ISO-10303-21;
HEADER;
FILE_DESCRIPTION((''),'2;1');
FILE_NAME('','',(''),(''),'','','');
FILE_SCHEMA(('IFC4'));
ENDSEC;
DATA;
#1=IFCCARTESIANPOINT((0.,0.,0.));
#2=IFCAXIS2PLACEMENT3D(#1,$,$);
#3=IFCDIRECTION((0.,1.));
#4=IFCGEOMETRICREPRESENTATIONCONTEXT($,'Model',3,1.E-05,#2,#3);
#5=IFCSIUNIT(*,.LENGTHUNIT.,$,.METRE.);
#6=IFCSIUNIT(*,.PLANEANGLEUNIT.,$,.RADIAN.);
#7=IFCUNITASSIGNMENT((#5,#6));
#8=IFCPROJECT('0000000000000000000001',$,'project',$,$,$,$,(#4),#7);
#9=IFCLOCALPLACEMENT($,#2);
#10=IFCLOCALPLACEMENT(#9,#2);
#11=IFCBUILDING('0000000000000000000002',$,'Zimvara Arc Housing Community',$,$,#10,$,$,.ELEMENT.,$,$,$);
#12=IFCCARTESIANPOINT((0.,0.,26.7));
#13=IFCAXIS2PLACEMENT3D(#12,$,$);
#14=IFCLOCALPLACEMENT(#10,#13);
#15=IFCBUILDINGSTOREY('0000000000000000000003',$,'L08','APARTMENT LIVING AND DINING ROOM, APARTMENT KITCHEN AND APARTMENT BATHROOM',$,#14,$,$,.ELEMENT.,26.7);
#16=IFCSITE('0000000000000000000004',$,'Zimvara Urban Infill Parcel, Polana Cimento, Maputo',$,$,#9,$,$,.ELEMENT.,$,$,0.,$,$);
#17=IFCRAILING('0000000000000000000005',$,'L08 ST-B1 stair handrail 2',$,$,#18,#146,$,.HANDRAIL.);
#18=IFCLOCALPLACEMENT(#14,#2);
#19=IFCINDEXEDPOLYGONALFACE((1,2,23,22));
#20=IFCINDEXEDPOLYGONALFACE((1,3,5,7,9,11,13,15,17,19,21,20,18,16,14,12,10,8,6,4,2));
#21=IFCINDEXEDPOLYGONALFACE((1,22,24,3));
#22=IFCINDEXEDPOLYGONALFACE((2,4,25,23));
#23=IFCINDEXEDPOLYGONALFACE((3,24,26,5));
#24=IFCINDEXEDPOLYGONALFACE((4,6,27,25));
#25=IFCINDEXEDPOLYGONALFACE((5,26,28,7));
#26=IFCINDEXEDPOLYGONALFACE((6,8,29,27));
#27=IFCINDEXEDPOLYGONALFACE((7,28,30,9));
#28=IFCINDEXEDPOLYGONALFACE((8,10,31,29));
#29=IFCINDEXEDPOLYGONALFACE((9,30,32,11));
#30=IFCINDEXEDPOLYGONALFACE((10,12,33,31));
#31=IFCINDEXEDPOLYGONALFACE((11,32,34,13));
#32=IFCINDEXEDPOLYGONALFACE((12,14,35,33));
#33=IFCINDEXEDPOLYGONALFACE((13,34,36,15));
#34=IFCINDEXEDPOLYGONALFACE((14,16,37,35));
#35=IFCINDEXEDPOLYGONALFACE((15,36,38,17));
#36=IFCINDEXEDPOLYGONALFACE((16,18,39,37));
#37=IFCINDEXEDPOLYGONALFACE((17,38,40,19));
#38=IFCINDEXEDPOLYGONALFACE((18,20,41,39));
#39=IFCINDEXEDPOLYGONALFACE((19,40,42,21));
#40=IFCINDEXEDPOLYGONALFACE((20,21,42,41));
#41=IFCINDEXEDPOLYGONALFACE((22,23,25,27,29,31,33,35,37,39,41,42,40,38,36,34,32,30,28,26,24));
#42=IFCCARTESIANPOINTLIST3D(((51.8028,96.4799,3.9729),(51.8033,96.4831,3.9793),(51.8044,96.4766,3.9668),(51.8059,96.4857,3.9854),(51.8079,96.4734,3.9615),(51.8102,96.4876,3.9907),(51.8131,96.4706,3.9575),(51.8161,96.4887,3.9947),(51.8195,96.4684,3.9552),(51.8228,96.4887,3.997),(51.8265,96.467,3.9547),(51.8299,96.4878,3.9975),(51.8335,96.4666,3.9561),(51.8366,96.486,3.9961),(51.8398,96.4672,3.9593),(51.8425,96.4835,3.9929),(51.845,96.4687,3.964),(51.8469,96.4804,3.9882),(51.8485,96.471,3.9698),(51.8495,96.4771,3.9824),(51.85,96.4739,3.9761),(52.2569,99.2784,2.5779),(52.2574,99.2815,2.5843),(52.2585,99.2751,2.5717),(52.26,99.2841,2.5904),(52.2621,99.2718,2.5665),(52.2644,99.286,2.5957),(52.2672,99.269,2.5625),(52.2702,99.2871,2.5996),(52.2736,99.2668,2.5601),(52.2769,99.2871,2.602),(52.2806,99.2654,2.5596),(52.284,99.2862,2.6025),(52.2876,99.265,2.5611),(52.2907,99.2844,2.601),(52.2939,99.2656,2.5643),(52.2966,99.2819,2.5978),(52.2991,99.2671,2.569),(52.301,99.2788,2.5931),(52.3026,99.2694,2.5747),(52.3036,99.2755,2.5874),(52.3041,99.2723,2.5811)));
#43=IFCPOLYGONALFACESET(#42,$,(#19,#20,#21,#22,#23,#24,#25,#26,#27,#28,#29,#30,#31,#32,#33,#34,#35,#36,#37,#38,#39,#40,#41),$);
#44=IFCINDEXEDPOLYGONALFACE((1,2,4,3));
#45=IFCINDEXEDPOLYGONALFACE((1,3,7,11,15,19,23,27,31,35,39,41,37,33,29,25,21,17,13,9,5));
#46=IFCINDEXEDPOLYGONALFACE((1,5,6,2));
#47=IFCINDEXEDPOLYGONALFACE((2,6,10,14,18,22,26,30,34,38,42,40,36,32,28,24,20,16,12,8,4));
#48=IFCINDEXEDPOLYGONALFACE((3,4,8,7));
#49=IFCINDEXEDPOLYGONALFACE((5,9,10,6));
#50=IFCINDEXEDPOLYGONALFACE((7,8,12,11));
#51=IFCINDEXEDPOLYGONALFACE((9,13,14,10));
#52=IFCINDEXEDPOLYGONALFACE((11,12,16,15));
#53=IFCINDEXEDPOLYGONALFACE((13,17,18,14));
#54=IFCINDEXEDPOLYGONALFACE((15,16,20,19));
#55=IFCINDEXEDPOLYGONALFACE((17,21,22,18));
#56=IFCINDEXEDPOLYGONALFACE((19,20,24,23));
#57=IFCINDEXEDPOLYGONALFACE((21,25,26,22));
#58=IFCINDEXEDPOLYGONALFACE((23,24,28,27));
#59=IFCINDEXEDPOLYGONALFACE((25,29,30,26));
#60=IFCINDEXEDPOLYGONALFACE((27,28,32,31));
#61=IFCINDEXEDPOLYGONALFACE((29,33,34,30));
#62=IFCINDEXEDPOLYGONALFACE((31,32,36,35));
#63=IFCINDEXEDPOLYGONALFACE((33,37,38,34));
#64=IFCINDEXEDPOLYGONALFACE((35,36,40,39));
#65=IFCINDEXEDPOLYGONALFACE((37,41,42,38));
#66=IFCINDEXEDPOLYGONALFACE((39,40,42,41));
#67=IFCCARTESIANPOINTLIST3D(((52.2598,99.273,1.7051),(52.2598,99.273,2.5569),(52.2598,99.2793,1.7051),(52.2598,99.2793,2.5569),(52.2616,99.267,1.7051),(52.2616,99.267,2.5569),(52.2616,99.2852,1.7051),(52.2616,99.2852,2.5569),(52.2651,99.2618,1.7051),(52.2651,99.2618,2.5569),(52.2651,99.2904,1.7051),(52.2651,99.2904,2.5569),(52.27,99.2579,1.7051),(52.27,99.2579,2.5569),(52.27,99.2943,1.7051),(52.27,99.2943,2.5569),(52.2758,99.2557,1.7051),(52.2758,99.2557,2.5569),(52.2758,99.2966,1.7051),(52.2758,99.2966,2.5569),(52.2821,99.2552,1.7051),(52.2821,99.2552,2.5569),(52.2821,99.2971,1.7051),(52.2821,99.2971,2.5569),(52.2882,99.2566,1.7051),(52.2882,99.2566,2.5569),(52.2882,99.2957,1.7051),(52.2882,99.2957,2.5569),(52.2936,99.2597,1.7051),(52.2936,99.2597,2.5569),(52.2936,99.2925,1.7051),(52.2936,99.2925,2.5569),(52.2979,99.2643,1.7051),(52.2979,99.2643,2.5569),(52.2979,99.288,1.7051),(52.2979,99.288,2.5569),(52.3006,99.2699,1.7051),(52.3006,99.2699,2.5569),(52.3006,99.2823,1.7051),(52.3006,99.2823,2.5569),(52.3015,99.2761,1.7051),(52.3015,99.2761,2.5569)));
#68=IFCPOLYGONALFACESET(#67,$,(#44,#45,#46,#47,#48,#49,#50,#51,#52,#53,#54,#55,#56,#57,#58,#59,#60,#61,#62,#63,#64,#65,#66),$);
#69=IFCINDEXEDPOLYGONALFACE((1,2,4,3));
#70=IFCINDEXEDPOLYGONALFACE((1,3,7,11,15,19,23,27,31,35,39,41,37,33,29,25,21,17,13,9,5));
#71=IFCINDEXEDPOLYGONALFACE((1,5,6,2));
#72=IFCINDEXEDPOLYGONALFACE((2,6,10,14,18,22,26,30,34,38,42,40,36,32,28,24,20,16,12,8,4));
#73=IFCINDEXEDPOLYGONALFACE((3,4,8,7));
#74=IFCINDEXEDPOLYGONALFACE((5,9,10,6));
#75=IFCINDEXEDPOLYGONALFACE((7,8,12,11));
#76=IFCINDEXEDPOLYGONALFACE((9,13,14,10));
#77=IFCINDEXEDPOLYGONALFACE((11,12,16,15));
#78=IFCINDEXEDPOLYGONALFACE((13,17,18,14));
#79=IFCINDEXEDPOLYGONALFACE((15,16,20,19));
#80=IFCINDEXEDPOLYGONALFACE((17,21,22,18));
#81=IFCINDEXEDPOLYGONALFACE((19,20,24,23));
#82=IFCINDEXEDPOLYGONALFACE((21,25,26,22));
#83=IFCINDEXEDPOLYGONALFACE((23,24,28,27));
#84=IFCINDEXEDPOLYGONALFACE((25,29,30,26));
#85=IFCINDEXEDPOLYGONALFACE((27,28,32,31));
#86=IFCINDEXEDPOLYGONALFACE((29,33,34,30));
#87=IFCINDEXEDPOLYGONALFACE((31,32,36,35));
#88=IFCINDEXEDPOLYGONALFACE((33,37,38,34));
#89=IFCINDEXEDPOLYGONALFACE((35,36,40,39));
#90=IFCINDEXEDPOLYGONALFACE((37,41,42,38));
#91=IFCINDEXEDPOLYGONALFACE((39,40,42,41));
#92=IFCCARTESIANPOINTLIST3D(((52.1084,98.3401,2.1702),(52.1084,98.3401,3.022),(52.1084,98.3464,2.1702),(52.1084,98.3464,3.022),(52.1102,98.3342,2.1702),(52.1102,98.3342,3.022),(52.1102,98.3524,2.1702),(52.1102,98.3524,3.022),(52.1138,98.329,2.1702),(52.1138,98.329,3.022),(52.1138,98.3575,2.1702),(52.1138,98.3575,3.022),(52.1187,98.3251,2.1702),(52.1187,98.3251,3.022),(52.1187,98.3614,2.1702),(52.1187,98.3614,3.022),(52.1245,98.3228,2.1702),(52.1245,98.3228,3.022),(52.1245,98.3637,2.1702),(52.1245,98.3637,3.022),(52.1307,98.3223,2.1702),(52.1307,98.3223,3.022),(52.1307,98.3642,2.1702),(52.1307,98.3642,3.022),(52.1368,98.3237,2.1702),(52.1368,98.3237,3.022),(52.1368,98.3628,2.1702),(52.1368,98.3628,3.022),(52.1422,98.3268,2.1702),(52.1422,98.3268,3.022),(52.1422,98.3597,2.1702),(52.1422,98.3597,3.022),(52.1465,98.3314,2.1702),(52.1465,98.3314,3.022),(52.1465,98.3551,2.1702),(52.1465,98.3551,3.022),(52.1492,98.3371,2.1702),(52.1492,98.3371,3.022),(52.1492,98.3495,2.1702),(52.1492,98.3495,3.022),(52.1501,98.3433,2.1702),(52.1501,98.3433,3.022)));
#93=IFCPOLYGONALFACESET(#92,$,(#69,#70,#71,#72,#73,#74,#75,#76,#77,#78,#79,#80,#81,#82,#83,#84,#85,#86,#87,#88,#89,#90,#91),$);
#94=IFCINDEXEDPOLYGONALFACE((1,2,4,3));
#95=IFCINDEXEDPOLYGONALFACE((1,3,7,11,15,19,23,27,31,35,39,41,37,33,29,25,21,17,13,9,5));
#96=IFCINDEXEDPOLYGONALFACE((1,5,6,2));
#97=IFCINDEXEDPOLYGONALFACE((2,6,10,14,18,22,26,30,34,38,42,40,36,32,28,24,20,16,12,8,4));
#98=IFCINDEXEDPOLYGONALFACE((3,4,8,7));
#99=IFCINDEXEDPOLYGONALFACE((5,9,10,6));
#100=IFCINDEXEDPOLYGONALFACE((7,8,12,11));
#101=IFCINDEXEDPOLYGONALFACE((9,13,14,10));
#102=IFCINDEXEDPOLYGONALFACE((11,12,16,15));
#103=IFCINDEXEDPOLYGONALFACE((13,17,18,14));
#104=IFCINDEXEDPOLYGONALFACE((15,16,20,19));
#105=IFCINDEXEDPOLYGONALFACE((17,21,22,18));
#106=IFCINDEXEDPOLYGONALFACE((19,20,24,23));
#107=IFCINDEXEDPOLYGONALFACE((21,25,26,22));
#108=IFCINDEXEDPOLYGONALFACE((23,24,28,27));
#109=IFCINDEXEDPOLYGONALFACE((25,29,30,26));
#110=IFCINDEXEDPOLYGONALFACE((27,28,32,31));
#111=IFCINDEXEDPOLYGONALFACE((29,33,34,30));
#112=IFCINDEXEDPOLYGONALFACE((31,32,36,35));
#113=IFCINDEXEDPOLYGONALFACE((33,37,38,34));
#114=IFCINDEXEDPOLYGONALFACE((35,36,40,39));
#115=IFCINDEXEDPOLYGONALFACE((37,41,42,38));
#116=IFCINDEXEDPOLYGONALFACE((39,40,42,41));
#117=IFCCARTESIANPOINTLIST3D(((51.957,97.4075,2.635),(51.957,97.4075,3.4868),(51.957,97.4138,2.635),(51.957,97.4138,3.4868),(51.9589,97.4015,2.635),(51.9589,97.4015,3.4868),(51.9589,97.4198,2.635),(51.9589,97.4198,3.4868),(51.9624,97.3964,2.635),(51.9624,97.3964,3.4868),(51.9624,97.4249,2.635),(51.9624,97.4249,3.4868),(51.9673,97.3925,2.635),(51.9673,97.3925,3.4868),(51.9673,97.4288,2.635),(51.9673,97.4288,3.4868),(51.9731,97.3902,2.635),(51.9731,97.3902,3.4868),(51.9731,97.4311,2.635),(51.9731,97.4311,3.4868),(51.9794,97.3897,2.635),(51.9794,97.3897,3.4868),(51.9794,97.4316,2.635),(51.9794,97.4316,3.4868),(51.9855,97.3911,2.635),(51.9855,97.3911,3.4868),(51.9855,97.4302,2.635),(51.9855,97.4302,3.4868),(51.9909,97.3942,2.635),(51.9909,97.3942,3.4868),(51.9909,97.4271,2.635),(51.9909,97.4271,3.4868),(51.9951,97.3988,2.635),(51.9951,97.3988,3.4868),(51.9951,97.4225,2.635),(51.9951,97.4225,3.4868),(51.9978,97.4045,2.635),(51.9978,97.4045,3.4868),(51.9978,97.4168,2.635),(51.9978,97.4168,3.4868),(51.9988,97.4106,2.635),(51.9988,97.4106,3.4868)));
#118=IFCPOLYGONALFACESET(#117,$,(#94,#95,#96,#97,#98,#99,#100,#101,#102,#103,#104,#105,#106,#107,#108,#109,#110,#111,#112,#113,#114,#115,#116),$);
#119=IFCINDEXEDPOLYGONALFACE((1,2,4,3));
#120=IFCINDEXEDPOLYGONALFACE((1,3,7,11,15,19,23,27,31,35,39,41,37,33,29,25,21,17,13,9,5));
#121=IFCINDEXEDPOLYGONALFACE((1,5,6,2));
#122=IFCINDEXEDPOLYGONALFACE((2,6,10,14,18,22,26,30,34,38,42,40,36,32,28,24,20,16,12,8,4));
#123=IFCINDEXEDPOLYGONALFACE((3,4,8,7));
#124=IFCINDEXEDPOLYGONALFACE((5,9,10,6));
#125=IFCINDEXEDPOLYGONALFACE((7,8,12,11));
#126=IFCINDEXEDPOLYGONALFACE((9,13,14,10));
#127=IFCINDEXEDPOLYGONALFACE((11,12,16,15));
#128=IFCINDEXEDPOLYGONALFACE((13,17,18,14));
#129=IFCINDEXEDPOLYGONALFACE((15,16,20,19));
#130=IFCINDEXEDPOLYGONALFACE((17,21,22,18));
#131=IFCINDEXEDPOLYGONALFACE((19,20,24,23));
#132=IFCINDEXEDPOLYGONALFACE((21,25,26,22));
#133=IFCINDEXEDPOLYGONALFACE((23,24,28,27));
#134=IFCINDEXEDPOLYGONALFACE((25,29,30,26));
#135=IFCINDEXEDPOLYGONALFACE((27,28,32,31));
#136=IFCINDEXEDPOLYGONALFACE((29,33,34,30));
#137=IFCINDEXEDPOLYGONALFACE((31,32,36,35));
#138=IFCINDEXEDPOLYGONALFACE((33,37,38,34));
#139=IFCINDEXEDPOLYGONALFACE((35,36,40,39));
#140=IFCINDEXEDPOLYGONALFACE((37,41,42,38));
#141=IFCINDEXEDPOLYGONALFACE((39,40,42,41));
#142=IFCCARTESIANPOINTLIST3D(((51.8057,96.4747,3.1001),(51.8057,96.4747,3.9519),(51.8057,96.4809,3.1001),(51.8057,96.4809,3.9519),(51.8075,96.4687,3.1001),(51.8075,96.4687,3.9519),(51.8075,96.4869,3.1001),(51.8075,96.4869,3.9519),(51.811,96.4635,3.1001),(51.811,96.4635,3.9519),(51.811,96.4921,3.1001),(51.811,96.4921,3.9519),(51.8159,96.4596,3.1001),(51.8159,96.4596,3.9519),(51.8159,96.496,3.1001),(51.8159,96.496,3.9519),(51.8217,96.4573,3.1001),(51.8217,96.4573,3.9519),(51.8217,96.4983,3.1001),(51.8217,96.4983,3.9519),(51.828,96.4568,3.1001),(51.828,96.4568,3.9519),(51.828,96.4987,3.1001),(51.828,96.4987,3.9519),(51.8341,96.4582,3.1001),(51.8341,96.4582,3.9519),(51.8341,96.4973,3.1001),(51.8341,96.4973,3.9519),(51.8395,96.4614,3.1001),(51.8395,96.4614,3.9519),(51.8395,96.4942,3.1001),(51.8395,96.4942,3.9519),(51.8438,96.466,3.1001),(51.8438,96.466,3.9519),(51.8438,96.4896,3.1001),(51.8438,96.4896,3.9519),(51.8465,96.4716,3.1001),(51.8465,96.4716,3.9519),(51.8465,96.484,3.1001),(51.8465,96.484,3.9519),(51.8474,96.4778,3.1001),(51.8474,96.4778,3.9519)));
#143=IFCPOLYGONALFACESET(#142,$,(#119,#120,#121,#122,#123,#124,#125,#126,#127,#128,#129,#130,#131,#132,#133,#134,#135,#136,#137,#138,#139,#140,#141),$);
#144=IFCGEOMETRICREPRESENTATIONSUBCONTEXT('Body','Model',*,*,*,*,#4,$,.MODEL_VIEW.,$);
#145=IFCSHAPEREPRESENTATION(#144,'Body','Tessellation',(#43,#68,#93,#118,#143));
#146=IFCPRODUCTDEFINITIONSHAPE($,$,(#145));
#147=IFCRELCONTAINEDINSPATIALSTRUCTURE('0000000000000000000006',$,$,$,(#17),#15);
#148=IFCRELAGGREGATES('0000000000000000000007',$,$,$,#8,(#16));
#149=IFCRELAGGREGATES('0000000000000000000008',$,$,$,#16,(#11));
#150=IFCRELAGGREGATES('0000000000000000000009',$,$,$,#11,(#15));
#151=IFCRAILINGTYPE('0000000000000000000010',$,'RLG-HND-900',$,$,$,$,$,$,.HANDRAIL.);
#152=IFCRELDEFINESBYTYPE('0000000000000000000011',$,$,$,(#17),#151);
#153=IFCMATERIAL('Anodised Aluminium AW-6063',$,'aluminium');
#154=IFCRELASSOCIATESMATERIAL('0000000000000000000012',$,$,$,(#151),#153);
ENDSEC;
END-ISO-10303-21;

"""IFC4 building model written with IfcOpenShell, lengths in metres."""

from ifc_helpers import new_model, si_unit, direction, frame, origin, origin_2d, place, context, subcontext, project, spatial, circle, extrude, material, type_object, element, save


model = new_model("IFC4")

# Units and contexts
model_context = context("Model", 3, precision=1e-05, world=origin(), true_north=direction((0.0, 1.0)))
body_context = subcontext(model_context, "Body", "Model", "MODEL_VIEW")
ifc_project = project(units=[si_unit("LENGTHUNIT", "METRE"), si_unit("PLANEANGLEUNIT", "RADIAN")], contexts=[model_context])

# Site, building, storey
site_placement = place(None, origin())
site = spatial("IfcSite", under=ifc_project, at=site_placement, Name="Zimvara Urban Infill Parcel, Polana Cimento, Maputo", CompositionType="ELEMENT", RefElevation=0.0)
building_placement = place(site_placement, origin())
building = spatial("IfcBuilding", under=site, at=building_placement, Name="Zimvara Arc Housing Community", CompositionType="ELEMENT")
storey_placement = place(building_placement, frame((0.0, 0.0, 26.7)))
storey = spatial("IfcBuildingStorey", under=building, at=storey_placement, Name="L08", Description="APARTMENT LIVING AND DINING ROOM, APARTMENT KITCHEN AND APARTMENT BATHROOM", CompositionType="ELEMENT", Elevation=26.7)

# Railing
ifc_material_1 = material(Name="Anodised Aluminium AW-6063", Category="aluminium")
railing_type = type_object("IfcRailingType", Name="RLG-HND-900", PredefinedType="HANDRAIL", material=ifc_material_1)
railing_placement = place(storey_placement, frame((52.2805, 99.2761, 1.7051)))
element("IfcRailing", 1, at=railing_placement, inside=storey, type_object=railing_type, Name="L08 ST-B1 stair handrail 2", PredefinedType="HANDRAIL", context=body_context, shape_type="SweptSolid", body=[
    extrude(circle(Radius=0.0239, at=origin_2d()), frame((0.0, 0.0, 0.876), z_axis=(-0.143722, -0.885666, 0.44152), x_axis=(0.987088, -0.16018, 0.0)), (0.0, 0.0, 1.0), 3.1597),
    extrude(circle(Radius=0.021, at=origin_2d()), origin(), (0.0, 0.0, 1.0), 0.8518),
    extrude(circle(Radius=0.021, at=origin_2d()), frame((-0.1514, -0.9329, 0.4651)), (0.0, 0.0, 1.0), 0.8518),
    extrude(circle(Radius=0.021, at=origin_2d()), frame((-0.3027, -1.8655, 0.9299)), (0.0, 0.0, 1.0), 0.8518),
    extrude(circle(Radius=0.021, at=origin_2d()), frame((-0.4541, -2.7983, 1.395)), (0.0, 0.0, 1.0), 0.8518),
])

save(model, "model.ifc")
